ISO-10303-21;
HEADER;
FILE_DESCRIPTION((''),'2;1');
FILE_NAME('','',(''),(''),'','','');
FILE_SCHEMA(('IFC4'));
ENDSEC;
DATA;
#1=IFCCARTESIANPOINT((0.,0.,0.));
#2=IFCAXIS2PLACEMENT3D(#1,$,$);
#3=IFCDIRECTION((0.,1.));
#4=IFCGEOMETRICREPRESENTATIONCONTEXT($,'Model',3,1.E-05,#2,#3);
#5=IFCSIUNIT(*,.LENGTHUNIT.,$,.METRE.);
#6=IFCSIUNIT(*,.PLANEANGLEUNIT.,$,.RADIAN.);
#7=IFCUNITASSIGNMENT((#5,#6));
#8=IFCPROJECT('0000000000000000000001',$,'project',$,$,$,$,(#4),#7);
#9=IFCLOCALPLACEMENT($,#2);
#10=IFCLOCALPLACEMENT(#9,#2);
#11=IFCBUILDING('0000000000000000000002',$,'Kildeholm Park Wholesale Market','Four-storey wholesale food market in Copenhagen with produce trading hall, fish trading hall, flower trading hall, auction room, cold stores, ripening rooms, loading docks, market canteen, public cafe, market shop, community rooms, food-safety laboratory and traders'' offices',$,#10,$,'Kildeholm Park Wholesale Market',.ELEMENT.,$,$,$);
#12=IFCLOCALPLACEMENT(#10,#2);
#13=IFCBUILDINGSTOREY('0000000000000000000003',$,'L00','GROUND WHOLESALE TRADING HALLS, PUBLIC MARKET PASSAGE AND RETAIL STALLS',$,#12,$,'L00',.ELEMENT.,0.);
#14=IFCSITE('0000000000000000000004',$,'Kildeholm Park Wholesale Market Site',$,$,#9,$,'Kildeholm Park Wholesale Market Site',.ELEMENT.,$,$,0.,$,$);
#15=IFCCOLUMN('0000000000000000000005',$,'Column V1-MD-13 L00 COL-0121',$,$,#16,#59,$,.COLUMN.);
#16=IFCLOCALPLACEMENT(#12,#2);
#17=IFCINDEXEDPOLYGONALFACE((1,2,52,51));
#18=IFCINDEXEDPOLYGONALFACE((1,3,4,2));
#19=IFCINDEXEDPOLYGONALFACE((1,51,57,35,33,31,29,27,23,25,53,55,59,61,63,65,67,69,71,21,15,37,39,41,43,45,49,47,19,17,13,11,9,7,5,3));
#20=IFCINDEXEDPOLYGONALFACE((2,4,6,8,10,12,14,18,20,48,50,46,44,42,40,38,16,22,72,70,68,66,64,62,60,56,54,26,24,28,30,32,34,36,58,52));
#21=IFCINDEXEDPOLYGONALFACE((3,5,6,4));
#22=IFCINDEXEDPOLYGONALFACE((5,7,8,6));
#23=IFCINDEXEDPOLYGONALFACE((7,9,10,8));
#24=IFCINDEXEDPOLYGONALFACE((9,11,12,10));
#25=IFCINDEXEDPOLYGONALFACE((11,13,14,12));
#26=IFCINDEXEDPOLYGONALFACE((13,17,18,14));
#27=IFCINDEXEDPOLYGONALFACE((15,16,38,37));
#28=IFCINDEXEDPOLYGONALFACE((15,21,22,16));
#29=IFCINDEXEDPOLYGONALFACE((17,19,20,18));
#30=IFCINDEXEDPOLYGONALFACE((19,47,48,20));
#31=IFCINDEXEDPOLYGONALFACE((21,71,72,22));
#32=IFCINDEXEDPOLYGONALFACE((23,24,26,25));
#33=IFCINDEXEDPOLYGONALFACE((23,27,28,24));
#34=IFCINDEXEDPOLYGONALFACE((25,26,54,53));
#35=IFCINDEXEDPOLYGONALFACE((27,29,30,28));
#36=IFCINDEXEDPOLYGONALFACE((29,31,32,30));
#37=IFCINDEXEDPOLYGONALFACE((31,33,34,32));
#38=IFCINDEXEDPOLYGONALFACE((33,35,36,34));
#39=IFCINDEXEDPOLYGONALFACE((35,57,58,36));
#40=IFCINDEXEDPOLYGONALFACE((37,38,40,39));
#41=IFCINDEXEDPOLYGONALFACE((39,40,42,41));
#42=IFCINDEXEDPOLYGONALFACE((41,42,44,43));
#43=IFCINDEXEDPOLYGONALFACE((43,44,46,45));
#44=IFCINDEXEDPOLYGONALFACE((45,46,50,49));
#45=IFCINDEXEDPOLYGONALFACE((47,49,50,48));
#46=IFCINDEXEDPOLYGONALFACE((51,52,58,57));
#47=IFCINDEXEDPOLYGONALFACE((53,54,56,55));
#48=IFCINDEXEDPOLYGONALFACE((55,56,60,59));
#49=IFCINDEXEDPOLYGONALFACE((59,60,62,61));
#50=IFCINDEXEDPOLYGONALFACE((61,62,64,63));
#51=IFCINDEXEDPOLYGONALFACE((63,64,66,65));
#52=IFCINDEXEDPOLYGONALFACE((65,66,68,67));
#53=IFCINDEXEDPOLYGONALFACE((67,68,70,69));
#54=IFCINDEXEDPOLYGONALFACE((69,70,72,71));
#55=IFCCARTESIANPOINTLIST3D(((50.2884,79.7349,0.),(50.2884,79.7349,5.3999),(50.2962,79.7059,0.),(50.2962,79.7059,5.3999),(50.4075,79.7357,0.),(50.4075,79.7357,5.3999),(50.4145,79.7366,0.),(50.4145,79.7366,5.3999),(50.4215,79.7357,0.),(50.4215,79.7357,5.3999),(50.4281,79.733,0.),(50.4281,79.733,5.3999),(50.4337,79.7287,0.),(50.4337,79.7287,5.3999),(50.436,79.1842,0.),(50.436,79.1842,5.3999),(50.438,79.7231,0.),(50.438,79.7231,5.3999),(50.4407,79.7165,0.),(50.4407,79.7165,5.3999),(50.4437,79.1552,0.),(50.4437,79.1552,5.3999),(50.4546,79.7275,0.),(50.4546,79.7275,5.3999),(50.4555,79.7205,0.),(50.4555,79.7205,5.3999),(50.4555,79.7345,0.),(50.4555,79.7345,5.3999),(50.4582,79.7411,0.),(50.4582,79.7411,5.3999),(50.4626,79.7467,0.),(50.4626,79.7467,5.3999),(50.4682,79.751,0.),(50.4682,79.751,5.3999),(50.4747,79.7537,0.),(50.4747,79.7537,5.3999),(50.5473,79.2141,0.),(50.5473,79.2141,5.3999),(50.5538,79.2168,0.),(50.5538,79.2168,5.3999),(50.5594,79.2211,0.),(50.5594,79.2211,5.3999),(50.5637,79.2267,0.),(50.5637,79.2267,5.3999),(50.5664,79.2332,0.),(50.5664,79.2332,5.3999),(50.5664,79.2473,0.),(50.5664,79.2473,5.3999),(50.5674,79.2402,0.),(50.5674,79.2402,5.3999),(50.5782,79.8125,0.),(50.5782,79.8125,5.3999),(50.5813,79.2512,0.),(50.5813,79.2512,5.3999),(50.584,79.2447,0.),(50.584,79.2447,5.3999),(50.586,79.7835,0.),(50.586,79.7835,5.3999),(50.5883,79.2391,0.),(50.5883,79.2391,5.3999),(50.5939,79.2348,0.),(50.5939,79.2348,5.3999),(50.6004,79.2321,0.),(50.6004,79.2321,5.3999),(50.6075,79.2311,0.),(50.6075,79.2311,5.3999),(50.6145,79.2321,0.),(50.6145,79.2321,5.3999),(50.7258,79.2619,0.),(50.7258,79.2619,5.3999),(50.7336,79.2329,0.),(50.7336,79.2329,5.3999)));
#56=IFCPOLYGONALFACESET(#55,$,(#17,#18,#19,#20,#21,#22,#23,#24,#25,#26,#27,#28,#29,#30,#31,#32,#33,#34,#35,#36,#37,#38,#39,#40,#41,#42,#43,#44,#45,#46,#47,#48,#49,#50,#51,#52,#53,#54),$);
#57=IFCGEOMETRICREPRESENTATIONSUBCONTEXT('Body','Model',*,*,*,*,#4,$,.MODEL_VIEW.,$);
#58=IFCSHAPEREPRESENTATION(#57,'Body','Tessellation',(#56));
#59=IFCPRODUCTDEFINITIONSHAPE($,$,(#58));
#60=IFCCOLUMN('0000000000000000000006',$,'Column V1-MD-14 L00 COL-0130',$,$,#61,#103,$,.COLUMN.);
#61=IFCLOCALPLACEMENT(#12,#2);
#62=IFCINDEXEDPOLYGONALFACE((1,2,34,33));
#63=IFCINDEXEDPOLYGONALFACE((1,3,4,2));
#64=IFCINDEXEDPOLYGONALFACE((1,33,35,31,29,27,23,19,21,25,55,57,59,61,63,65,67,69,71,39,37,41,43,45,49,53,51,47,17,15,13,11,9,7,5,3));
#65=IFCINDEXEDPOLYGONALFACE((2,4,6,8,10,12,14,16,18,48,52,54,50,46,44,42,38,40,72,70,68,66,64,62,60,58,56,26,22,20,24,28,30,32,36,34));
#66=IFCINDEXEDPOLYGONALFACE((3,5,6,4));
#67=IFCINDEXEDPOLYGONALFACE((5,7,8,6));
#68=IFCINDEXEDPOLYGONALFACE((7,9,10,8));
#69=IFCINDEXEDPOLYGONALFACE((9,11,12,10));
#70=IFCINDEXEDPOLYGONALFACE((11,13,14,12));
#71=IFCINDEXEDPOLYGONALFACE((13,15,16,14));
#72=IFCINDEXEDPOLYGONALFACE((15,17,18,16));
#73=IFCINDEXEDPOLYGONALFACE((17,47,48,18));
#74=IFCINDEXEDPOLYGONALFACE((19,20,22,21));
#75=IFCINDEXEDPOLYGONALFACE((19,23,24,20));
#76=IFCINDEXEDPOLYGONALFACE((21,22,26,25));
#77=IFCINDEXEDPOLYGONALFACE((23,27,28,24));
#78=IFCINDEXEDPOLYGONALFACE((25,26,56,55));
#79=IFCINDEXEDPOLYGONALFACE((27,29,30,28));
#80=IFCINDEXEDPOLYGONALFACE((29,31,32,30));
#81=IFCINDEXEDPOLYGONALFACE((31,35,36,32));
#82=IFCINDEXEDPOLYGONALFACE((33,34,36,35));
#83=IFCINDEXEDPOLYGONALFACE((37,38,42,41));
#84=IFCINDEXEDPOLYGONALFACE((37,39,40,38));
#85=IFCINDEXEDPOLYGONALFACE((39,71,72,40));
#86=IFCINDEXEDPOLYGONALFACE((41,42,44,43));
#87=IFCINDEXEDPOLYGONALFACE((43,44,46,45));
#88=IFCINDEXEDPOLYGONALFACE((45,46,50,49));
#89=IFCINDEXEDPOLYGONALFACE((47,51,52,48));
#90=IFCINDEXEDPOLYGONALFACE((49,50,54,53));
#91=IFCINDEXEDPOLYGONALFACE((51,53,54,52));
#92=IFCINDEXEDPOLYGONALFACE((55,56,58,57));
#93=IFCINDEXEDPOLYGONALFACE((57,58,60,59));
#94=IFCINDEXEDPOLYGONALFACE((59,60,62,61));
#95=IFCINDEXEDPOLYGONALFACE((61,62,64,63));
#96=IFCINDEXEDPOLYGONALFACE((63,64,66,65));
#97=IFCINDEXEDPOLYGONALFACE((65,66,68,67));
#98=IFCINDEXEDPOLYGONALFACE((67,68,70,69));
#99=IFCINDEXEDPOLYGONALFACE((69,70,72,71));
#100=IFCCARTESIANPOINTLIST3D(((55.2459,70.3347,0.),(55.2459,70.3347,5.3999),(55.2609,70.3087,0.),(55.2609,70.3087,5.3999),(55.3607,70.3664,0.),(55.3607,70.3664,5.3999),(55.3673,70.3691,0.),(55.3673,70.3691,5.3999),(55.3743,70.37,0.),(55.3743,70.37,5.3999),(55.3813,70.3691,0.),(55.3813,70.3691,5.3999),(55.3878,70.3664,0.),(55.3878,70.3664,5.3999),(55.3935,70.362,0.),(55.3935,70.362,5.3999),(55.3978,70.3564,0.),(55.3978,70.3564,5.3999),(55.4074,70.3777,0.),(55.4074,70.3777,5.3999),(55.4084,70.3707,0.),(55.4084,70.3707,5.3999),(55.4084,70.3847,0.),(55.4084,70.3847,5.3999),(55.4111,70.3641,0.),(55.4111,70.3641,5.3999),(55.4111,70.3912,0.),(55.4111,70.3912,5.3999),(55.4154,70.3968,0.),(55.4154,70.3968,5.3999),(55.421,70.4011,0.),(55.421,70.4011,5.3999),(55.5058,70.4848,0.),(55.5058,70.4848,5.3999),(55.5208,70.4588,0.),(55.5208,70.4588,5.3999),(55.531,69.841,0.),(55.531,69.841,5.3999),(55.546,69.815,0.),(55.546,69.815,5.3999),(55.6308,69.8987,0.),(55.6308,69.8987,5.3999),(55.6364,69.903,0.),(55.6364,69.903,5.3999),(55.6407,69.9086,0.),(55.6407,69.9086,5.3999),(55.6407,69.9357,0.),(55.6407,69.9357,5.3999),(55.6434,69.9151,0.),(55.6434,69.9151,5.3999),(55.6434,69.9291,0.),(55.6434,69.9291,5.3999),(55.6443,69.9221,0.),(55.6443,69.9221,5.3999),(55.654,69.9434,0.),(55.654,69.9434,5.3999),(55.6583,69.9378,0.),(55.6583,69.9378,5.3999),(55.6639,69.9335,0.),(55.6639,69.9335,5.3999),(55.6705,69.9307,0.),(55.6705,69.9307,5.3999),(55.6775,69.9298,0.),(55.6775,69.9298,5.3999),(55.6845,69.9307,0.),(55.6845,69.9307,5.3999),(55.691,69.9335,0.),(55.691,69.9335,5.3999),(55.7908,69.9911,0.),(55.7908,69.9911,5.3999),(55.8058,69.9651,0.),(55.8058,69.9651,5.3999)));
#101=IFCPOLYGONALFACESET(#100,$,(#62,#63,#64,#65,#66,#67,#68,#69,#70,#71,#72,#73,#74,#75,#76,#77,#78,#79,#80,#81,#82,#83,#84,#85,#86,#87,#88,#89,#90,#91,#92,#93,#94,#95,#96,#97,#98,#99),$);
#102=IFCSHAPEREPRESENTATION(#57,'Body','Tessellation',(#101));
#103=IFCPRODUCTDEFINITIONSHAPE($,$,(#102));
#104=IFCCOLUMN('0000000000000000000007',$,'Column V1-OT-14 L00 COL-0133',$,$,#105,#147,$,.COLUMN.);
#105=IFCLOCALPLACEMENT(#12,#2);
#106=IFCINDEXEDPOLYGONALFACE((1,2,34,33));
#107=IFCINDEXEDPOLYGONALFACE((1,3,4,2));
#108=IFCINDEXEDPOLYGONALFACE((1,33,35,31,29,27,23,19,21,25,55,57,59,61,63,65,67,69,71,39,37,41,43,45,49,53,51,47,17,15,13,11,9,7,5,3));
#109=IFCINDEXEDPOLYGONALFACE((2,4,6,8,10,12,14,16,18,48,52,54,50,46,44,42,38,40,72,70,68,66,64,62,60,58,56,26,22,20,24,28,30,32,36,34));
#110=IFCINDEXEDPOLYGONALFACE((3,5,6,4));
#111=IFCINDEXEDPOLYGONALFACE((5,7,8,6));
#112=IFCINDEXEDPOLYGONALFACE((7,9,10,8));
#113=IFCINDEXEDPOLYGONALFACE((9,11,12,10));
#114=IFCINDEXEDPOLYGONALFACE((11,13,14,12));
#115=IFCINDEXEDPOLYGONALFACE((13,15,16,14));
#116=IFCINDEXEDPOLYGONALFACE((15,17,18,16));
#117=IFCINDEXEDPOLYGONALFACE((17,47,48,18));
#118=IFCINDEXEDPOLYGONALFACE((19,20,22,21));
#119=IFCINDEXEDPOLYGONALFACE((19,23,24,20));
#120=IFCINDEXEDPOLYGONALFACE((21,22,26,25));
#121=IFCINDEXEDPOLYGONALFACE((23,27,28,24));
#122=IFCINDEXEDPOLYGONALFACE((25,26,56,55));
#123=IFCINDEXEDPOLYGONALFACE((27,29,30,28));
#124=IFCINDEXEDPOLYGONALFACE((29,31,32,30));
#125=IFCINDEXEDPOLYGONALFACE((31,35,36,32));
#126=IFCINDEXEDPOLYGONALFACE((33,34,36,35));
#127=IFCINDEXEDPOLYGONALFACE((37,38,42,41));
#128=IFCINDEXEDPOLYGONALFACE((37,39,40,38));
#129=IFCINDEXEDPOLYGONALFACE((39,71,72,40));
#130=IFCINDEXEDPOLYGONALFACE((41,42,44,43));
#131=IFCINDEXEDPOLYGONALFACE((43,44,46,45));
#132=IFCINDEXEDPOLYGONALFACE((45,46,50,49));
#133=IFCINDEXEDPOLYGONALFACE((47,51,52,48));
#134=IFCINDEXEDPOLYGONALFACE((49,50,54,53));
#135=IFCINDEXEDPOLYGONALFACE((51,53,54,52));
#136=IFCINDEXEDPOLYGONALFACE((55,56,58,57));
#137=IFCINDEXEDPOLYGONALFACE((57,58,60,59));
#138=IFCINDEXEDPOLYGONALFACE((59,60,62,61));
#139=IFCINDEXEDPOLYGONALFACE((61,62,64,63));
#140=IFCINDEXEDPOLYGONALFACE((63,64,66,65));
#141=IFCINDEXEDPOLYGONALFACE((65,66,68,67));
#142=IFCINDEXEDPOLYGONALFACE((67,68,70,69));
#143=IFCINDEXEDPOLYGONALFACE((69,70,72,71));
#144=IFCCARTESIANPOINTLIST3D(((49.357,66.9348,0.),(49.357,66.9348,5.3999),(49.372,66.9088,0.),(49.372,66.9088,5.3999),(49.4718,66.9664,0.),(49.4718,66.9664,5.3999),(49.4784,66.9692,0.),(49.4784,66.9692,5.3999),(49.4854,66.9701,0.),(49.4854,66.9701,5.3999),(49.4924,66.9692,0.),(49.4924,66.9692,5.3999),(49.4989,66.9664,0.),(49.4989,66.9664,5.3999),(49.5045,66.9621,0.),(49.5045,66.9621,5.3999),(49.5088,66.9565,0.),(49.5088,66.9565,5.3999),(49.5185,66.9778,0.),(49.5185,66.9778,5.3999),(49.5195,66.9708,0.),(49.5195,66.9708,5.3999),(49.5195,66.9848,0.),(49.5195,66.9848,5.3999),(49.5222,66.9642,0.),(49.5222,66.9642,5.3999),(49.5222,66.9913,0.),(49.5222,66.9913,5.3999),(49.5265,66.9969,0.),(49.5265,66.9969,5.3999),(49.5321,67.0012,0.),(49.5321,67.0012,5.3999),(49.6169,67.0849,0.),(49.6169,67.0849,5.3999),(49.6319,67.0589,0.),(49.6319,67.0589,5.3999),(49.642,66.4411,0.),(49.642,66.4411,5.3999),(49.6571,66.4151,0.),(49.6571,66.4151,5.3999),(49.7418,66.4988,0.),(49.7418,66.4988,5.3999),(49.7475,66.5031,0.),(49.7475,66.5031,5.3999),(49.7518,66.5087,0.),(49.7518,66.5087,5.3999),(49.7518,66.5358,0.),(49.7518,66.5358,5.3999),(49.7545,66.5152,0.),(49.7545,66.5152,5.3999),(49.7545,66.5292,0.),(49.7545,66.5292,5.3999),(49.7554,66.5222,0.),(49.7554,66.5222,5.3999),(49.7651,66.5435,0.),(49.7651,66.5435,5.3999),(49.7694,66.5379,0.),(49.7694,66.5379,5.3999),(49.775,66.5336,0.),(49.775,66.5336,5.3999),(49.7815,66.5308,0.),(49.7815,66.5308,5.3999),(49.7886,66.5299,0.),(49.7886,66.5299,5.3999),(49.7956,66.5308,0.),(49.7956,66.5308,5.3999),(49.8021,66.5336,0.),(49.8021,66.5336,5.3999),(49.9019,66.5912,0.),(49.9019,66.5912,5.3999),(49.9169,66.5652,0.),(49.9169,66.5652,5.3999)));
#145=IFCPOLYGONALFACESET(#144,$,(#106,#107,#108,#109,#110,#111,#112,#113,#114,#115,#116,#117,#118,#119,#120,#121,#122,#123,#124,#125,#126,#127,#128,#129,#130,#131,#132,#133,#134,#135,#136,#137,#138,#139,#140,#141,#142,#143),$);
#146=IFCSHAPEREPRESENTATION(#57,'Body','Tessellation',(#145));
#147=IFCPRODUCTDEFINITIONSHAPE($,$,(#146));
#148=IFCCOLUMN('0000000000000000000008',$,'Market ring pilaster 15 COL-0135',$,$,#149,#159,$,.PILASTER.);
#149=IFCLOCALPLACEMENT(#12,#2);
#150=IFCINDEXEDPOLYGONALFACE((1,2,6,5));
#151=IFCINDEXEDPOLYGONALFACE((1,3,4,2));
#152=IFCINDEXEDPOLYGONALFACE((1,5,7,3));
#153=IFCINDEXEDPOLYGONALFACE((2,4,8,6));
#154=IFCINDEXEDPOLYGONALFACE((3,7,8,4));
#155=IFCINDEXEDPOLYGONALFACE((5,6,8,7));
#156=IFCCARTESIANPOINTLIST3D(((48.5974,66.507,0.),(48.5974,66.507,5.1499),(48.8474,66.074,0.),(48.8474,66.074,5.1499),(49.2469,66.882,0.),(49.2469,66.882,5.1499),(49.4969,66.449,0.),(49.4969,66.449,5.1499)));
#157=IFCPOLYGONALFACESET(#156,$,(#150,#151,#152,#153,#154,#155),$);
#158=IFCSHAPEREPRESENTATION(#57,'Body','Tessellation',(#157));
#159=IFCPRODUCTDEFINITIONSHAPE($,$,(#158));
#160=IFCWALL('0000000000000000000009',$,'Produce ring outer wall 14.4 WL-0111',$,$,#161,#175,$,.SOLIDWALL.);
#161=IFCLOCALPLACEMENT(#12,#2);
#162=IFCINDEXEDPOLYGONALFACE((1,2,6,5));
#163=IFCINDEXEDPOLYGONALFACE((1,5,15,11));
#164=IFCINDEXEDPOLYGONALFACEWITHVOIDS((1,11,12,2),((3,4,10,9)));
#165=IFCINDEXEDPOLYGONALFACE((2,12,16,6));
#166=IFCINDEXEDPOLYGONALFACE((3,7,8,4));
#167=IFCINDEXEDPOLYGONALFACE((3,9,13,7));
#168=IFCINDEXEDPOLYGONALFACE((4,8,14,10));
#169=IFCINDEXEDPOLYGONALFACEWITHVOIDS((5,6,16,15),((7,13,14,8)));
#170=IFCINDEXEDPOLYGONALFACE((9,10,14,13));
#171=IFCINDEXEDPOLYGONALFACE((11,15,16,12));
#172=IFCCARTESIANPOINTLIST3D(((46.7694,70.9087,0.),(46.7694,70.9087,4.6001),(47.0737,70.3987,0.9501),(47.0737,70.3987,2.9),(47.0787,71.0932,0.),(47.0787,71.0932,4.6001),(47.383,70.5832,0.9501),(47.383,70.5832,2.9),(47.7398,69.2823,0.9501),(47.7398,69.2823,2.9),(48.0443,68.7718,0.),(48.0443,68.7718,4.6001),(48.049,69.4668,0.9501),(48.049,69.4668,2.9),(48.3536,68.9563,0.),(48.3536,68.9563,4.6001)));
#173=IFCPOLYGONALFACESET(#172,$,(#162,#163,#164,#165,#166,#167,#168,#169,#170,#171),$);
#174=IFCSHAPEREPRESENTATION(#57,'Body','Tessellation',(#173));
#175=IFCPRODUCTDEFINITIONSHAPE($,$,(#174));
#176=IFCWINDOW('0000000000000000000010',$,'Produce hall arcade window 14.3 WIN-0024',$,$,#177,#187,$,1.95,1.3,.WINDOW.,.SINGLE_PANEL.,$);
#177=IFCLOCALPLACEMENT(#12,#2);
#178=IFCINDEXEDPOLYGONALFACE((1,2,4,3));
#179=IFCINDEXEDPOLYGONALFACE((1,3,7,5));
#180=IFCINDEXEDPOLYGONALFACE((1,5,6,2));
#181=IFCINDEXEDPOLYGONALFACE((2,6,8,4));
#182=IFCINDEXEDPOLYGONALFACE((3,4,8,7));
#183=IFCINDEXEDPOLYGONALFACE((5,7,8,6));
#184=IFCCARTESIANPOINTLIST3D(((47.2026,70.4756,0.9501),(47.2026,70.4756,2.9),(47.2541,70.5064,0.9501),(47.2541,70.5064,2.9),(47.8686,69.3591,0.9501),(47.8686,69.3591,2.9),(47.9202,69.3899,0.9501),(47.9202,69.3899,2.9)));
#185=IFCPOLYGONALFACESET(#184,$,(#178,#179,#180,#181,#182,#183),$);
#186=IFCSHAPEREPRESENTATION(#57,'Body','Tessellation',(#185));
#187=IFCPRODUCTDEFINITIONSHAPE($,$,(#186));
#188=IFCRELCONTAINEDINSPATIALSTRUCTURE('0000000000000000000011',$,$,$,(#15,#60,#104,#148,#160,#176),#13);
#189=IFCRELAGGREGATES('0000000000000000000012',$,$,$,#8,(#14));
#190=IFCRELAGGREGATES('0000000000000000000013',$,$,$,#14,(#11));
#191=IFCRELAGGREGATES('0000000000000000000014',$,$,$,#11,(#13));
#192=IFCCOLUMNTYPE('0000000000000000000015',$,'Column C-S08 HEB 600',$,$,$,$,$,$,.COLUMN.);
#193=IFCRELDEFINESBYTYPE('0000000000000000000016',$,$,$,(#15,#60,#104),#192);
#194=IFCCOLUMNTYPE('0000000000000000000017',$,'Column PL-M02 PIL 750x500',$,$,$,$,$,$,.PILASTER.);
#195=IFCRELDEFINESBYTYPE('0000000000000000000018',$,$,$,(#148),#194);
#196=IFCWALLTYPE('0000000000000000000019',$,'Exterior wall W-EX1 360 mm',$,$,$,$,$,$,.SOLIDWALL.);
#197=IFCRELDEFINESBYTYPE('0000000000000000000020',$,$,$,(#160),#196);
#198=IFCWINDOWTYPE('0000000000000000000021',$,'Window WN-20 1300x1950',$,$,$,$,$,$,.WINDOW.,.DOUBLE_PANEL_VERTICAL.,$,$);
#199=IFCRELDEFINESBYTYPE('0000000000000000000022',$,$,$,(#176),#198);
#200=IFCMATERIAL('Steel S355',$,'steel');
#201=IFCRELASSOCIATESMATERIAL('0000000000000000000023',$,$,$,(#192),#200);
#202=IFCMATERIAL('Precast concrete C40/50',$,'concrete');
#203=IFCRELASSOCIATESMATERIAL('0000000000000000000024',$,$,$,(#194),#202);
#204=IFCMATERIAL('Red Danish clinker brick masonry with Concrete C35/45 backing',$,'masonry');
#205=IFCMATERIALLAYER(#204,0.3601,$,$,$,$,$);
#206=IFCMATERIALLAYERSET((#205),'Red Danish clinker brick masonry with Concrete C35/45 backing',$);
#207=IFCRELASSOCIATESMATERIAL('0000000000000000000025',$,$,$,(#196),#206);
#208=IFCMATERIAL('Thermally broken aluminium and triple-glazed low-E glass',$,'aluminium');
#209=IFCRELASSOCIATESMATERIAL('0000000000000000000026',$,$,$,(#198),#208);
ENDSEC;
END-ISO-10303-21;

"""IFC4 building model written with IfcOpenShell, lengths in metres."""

from ifc_helpers import new_model, si_unit, direction, frame, frame_2d, origin, origin_2d, place, context, subcontext, project, spatial, rectangle, i_section, extrude, material, layer, layer_set, material_profile, profile_set, type_object, element, fill, save


model = new_model("IFC4")

# Units and contexts
model_context = context("Model", 3, precision=1e-05, world=origin(), true_north=direction((0.0, 1.0)))
body_context = subcontext(model_context, "Body", "Model", "MODEL_VIEW")
ifc_project = project(units=[si_unit("LENGTHUNIT", "METRE"), si_unit("PLANEANGLEUNIT", "RADIAN")], contexts=[model_context])

# Site, building, storey
site_placement = place(None, origin())
site = spatial("IfcSite", under=ifc_project, at=site_placement, Name="Kildeholm Park Wholesale Market Site", LongName="Kildeholm Park Wholesale Market Site", CompositionType="ELEMENT", RefElevation=0.0)
building_placement = place(site_placement, origin())
building = spatial("IfcBuilding", under=site, at=building_placement, Name="Kildeholm Park Wholesale Market", Description="Four-storey wholesale food market in Copenhagen with produce trading hall, fish trading hall, flower trading hall, auction room, cold stores, ripening rooms, loading docks, market canteen, public cafe, market shop, community rooms, food-safety laboratory and traders' offices", LongName="Kildeholm Park Wholesale Market", CompositionType="ELEMENT")
storey_placement = place(building_placement, origin())
storey = spatial("IfcBuildingStorey", under=building, at=storey_placement, Name="L00", Description="GROUND WHOLESALE TRADING HALLS, PUBLIC MARKET PASSAGE AND RETAIL STALLS", LongName="L00", CompositionType="ELEMENT", Elevation=0.0)

# Columns
ifc_material_1 = material(Name="Steel S355", Category="steel")
ifc_material_profile_1 = material_profile(ifc_material_1, i_section(OverallWidth=0.3, OverallDepth=0.6001, WebThickness=0.0154, FlangeThickness=0.03, FilletRadius=0.0271, at=origin_2d()), Name="HEB 600")
ifc_profile_set_1 = profile_set([ifc_material_profile_1], Name="Steel S355")
column_type_1 = type_object("IfcColumnType", Name="Column C-S08 HEB 600", PredefinedType="COLUMN", material=ifc_profile_set_1)
for number, where, z_axis, x_axis, name in (
    (1, (50.511, 79.4839, 0.0), (0.0, 0.0, 1.0), (-0.965926, -0.258819, 0.0), "Column V1-MD-13 L00 COL-0121"),
    (2, (55.5259, 70.1499, 0.0), (0.0, 0.0, 1.0), (-0.866025, -0.5, 0.0), "Column V1-MD-14 L00 COL-0130"),
    (3, (49.637, 66.75, 0.0), (0.0, 0.0, 1.0), (-0.866025, -0.5, 0.0), "Column V1-OT-14 L00 COL-0133"),
):
    element("IfcColumn", number, at=place(storey_placement, frame(where, z_axis=z_axis, x_axis=x_axis)), inside=storey, type_object=column_type_1, Name=name, PredefinedType="COLUMN", context=body_context, shape_type="SweptSolid", body=[
        extrude(i_section(OverallWidth=0.3, OverallDepth=0.6001, WebThickness=0.0154, FlangeThickness=0.03, FilletRadius=0.0271, at=origin_2d()), origin(), (0.0, 0.0, 1.0), 5.3999),
    ])
ifc_material_2 = material(Name="Precast concrete C40/50", Category="concrete")
ifc_material_profile_2 = material_profile(ifc_material_2, rectangle(XDim=0.75, YDim=0.5, at=origin_2d()), Name="PIL 750x500")
ifc_profile_set_2 = profile_set([ifc_material_profile_2], Name="Precast concrete C40/50")
column_type_2 = type_object("IfcColumnType", Name="Column PL-M02 PIL 750x500", PredefinedType="PILASTER", material=ifc_profile_set_2)
column_placement = place(storey_placement, frame((49.0471, 66.478, 0.0), z_axis=(0.0, 0.0, 1.0), x_axis=(-0.866025, -0.5, 0.0)))
element("IfcColumn", 4, at=column_placement, inside=storey, type_object=column_type_2, Name="Market ring pilaster 15 COL-0135", PredefinedType="PILASTER", context=body_context, shape_type="SweptSolid", body=[
    extrude(rectangle(XDim=0.75, YDim=0.5, at=origin_2d()), origin(), (0.0, 0.0, 1.0), 5.1499),
])

# Wall, opening, window
ifc_material_3 = material(Name="Red Danish clinker brick masonry with Concrete C35/45 backing", Category="masonry")
ifc_layer_1 = layer(ifc_material_3, 0.3601)
ifc_layer_set_1 = layer_set([ifc_layer_1], Name="Red Danish clinker brick masonry with Concrete C35/45 backing")
wall_type_1 = type_object("IfcWallType", Name="Exterior wall W-EX1 360 mm", PredefinedType="SOLIDWALL", material=ifc_layer_set_1)
wall_1_placement = place(storey_placement, frame((46.9241, 71.001, 0.0), z_axis=(0.0, 0.0, 1.0), x_axis=(0.512344, -0.85878, 0.0)))
wall_1 = element("IfcWall", 5, at=wall_1_placement, inside=storey, type_object=wall_type_1, Name="Produce ring outer wall 14.4 WL-0111", PredefinedType="SOLIDWALL", context=body_context, shape_type="SweptSolid", body=[
    extrude(rectangle(XDim=2.4883, YDim=0.3601, at=frame_2d((1.2441, 0.0))), origin(), (0.0, 0.0, 1.0), 4.6001),
])
opening_1_placement = place(wall_1_placement, frame((0.594, 0.0, 0.95)))
opening_1 = element("IfcOpeningElement", 6, at=opening_1_placement, cuts=wall_1, PredefinedType="OPENING", context=body_context, shape_type="SweptSolid", body=[
    extrude(rectangle(XDim=1.3, YDim=1.95, at=frame_2d((0.6499, 0.9751))), frame((0.0, 0.1899, 0.0), z_axis=(0.0, -1.0, 0.0), x_axis=(1.0, 0.0, 0.0)), (0.0, 0.0, 1.0), 0.3801),
])
ifc_material_4 = material(Name="Thermally broken aluminium and triple-glazed low-E glass", Category="aluminium")
window_type_1 = type_object("IfcWindowType", Name="Window WN-20 1300x1950", PartitioningType="DOUBLE_PANEL_VERTICAL", PredefinedType="WINDOW", material=ifc_material_4)
window_1_placement = place(opening_1_placement, origin())
window_1 = element("IfcWindow", 7, at=window_1_placement, inside=storey, type_object=window_type_1, Name="Produce hall arcade window 14.3 WIN-0024", OverallHeight=1.95, OverallWidth=1.3, PartitioningType="SINGLE_PANEL", PredefinedType="WINDOW", context=body_context, shape_type="SweptSolid", body=[
    extrude(rectangle(XDim=1.3, YDim=1.95, at=frame_2d((0.6499, 0.9751))), frame((0.0, 0.03, 0.0), z_axis=(0.0, -1.0, 0.0), x_axis=(1.0, 0.0, 0.0)), (0.0, 0.0, 1.0), 0.0601),
])
fill(opening_1, window_1)

save(model, "model.ifc")
